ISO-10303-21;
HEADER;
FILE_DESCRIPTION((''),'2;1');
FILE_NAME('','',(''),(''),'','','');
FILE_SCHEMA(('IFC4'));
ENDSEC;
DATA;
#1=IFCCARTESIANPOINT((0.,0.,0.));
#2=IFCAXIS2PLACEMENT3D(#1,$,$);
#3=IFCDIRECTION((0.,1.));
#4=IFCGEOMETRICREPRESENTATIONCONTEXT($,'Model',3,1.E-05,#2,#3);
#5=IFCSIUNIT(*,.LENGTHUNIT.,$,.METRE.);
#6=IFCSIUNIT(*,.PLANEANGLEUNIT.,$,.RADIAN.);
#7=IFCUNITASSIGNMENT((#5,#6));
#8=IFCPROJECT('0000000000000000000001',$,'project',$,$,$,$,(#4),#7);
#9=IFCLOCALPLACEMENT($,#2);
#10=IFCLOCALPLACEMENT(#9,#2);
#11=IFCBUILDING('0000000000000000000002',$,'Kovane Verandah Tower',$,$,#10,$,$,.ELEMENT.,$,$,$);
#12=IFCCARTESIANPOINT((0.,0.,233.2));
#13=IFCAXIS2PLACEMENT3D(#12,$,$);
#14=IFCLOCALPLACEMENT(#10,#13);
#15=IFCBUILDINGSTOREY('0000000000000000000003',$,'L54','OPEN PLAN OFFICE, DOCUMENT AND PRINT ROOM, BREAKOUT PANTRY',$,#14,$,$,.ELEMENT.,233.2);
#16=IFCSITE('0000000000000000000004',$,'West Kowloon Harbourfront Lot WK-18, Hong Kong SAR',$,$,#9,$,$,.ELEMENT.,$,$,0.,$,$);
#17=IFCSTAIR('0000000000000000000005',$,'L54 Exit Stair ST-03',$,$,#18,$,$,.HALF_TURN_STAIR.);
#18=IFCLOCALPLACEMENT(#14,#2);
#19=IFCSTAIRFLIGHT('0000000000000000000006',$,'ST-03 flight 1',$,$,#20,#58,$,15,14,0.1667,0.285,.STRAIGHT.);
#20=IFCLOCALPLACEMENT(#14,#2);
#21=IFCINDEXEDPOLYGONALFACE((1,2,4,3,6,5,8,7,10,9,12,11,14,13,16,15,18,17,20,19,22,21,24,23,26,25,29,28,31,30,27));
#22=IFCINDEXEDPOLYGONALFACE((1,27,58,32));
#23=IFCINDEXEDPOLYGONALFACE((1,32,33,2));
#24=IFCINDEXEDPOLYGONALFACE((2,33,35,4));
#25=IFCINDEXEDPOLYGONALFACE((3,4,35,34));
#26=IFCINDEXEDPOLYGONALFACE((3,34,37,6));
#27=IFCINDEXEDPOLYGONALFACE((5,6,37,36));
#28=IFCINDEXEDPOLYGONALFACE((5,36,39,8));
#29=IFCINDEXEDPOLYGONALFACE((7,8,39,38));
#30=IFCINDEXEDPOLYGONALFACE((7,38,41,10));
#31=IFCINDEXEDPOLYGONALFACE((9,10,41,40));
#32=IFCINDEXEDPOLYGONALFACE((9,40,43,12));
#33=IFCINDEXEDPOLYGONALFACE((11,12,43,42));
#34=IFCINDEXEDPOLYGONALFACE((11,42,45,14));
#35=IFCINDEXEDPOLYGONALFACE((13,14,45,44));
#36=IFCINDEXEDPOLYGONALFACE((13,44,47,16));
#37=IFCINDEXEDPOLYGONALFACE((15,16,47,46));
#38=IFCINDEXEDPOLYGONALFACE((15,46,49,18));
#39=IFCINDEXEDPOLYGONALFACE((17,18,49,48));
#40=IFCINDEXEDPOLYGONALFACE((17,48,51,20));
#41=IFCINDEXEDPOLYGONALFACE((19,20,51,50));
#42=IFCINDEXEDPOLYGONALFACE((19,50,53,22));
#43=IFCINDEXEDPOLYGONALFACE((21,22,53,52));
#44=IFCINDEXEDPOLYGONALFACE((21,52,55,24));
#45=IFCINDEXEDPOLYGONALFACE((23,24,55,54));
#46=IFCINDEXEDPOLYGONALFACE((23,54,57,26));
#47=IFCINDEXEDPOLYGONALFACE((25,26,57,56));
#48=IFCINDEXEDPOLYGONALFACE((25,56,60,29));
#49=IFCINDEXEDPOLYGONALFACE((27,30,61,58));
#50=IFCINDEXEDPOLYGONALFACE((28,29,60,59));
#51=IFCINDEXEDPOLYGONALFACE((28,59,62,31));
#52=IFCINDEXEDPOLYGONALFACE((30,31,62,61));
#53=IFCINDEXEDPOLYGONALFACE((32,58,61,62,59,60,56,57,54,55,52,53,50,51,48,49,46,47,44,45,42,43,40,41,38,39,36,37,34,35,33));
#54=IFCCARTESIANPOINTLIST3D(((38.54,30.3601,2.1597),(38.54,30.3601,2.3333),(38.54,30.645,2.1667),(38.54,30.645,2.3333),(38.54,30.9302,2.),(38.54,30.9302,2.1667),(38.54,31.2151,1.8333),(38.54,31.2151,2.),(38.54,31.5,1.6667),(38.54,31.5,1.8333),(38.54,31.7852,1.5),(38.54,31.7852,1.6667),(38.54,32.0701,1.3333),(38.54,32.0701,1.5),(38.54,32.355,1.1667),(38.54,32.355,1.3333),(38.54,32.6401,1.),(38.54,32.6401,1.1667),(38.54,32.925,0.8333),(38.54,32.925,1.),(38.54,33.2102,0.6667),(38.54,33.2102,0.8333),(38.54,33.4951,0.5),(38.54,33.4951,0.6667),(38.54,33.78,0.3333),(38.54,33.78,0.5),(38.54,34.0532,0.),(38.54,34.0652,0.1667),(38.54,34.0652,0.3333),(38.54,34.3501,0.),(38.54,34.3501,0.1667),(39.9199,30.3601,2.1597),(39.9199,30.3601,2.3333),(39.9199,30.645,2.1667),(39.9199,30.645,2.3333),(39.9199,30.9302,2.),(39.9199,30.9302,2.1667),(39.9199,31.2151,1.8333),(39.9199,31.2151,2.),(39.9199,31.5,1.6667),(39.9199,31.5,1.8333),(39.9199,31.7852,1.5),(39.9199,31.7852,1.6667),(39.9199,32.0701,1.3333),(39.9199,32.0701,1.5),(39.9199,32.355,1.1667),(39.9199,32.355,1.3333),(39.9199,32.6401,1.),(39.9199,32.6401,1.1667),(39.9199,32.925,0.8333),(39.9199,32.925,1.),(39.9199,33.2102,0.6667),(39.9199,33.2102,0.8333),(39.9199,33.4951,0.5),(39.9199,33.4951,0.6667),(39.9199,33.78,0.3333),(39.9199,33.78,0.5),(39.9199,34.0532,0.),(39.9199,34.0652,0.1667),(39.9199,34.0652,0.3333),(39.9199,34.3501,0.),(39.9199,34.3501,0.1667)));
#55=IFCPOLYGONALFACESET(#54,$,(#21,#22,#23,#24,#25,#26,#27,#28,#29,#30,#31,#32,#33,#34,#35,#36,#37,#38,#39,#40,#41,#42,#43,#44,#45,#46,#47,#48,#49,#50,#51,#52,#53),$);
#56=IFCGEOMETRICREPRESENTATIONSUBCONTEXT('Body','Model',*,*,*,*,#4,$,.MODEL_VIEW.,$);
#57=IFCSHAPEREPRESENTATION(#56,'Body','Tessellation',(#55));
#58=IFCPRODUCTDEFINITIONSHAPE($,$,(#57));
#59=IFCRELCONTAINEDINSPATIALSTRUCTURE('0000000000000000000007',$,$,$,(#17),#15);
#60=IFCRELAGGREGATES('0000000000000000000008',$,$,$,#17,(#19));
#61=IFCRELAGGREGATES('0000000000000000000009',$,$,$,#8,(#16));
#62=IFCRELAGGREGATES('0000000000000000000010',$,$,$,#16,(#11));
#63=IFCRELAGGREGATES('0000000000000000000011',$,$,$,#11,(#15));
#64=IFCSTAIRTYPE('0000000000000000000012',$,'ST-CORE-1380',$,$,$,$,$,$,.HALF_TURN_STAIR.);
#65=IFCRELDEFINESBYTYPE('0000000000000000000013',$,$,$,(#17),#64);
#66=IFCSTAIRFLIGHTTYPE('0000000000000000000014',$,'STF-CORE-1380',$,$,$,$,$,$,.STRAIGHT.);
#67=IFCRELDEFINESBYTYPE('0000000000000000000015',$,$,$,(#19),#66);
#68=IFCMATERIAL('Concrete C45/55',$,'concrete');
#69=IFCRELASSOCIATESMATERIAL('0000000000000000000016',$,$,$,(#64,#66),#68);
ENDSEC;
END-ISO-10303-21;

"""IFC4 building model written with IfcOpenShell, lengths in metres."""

from ifc_helpers import new_model, si_unit, direction, frame, origin, place, context, subcontext, project, spatial, polyline, outline, extrude, material, type_object, element, aggregate, save


model = new_model("IFC4")

# Units and contexts
model_context = context("Model", 3, precision=1e-05, world=origin(), true_north=direction((0.0, 1.0)))
body_context = subcontext(model_context, "Body", "Model", "MODEL_VIEW")
ifc_project = project(units=[si_unit("LENGTHUNIT", "METRE"), si_unit("PLANEANGLEUNIT", "RADIAN")], contexts=[model_context])

# Site, building, storey
site_placement = place(None, origin())
site = spatial("IfcSite", under=ifc_project, at=site_placement, Name="West Kowloon Harbourfront Lot WK-18, Hong Kong SAR", CompositionType="ELEMENT", RefElevation=0.0)
building_placement = place(site_placement, origin())
building = spatial("IfcBuilding", under=site, at=building_placement, Name="Kovane Verandah Tower", CompositionType="ELEMENT")
storey_placement = place(building_placement, frame((0.0, 0.0, 233.2)))
storey = spatial("IfcBuildingStorey", under=building, at=storey_placement, Name="L54", Description="OPEN PLAN OFFICE, DOCUMENT AND PRINT ROOM, BREAKOUT PANTRY", CompositionType="ELEMENT", Elevation=233.2)

# Shared definitions
ifc_material_1 = material(Name="Concrete C45/55", Category="concrete")

# Stair, stair flight
stair_type = type_object("IfcStairType", Name="ST-CORE-1380", PredefinedType="HALF_TURN_STAIR", material=ifc_material_1)
stair_placement = place(storey_placement, origin())
stair = element("IfcStair", 1, at=stair_placement, inside=storey, type_object=stair_type, Name="L54 Exit Stair ST-03", PredefinedType="HALF_TURN_STAIR")
stair_flight_type = type_object("IfcStairFlightType", Name="STF-CORE-1380", PredefinedType="STRAIGHT", material=ifc_material_1)
stair_flight_placement = place(storey_placement, frame((39.23, 34.3501, 0.0), z_axis=(0.0, 0.0, 1.0), x_axis=(0.0, -1.0, 0.0)))
stair_flight = element("IfcStairFlight", 2, at=stair_flight_placement, type_object=stair_flight_type, Name="ST-03 flight 1", NumberOfRisers=15, NumberOfTreads=14, PredefinedType="STRAIGHT", RiserHeight=0.1667, TreadLength=0.285, context=body_context, shape_type="SweptSolid", body=[
    extrude(outline(polyline([(0.0, 0.0), (0.0, 0.1667), (0.2849, 0.1667), (0.2849, 0.3333), (0.5701, 0.3333), (0.5701, 0.5), (0.855, 0.5), (0.855, 0.6667), (1.1399, 0.6667), (1.1399, 0.8333), (1.425, 0.8333), (1.425, 1.0), (1.71, 1.0), (1.71, 1.1667), (1.9951, 1.1667), (1.9951, 1.3333), (2.28, 1.3333), (2.28, 1.5), (2.5649, 1.5), (2.5649, 1.6667), (2.8501, 1.6667), (2.8501, 1.8333), (3.135, 1.8333), (3.135, 2.0), (3.4199, 2.0), (3.4199, 2.1667), (3.7051, 2.1667), (3.7051, 2.3333), (3.99, 2.3333), (3.99, 2.5), (3.99, 2.1597), (0.2969, 0.0), (0.0, 0.0)])), frame((0.0, 0.6899, 0.0), z_axis=(0.0, -1.0, 0.0), x_axis=(1.0, 0.0, 0.0)), (0.0, 0.0, 1.0), 1.3799),
])
aggregate(stair, [stair_flight])

save(model, "model.ifc")
